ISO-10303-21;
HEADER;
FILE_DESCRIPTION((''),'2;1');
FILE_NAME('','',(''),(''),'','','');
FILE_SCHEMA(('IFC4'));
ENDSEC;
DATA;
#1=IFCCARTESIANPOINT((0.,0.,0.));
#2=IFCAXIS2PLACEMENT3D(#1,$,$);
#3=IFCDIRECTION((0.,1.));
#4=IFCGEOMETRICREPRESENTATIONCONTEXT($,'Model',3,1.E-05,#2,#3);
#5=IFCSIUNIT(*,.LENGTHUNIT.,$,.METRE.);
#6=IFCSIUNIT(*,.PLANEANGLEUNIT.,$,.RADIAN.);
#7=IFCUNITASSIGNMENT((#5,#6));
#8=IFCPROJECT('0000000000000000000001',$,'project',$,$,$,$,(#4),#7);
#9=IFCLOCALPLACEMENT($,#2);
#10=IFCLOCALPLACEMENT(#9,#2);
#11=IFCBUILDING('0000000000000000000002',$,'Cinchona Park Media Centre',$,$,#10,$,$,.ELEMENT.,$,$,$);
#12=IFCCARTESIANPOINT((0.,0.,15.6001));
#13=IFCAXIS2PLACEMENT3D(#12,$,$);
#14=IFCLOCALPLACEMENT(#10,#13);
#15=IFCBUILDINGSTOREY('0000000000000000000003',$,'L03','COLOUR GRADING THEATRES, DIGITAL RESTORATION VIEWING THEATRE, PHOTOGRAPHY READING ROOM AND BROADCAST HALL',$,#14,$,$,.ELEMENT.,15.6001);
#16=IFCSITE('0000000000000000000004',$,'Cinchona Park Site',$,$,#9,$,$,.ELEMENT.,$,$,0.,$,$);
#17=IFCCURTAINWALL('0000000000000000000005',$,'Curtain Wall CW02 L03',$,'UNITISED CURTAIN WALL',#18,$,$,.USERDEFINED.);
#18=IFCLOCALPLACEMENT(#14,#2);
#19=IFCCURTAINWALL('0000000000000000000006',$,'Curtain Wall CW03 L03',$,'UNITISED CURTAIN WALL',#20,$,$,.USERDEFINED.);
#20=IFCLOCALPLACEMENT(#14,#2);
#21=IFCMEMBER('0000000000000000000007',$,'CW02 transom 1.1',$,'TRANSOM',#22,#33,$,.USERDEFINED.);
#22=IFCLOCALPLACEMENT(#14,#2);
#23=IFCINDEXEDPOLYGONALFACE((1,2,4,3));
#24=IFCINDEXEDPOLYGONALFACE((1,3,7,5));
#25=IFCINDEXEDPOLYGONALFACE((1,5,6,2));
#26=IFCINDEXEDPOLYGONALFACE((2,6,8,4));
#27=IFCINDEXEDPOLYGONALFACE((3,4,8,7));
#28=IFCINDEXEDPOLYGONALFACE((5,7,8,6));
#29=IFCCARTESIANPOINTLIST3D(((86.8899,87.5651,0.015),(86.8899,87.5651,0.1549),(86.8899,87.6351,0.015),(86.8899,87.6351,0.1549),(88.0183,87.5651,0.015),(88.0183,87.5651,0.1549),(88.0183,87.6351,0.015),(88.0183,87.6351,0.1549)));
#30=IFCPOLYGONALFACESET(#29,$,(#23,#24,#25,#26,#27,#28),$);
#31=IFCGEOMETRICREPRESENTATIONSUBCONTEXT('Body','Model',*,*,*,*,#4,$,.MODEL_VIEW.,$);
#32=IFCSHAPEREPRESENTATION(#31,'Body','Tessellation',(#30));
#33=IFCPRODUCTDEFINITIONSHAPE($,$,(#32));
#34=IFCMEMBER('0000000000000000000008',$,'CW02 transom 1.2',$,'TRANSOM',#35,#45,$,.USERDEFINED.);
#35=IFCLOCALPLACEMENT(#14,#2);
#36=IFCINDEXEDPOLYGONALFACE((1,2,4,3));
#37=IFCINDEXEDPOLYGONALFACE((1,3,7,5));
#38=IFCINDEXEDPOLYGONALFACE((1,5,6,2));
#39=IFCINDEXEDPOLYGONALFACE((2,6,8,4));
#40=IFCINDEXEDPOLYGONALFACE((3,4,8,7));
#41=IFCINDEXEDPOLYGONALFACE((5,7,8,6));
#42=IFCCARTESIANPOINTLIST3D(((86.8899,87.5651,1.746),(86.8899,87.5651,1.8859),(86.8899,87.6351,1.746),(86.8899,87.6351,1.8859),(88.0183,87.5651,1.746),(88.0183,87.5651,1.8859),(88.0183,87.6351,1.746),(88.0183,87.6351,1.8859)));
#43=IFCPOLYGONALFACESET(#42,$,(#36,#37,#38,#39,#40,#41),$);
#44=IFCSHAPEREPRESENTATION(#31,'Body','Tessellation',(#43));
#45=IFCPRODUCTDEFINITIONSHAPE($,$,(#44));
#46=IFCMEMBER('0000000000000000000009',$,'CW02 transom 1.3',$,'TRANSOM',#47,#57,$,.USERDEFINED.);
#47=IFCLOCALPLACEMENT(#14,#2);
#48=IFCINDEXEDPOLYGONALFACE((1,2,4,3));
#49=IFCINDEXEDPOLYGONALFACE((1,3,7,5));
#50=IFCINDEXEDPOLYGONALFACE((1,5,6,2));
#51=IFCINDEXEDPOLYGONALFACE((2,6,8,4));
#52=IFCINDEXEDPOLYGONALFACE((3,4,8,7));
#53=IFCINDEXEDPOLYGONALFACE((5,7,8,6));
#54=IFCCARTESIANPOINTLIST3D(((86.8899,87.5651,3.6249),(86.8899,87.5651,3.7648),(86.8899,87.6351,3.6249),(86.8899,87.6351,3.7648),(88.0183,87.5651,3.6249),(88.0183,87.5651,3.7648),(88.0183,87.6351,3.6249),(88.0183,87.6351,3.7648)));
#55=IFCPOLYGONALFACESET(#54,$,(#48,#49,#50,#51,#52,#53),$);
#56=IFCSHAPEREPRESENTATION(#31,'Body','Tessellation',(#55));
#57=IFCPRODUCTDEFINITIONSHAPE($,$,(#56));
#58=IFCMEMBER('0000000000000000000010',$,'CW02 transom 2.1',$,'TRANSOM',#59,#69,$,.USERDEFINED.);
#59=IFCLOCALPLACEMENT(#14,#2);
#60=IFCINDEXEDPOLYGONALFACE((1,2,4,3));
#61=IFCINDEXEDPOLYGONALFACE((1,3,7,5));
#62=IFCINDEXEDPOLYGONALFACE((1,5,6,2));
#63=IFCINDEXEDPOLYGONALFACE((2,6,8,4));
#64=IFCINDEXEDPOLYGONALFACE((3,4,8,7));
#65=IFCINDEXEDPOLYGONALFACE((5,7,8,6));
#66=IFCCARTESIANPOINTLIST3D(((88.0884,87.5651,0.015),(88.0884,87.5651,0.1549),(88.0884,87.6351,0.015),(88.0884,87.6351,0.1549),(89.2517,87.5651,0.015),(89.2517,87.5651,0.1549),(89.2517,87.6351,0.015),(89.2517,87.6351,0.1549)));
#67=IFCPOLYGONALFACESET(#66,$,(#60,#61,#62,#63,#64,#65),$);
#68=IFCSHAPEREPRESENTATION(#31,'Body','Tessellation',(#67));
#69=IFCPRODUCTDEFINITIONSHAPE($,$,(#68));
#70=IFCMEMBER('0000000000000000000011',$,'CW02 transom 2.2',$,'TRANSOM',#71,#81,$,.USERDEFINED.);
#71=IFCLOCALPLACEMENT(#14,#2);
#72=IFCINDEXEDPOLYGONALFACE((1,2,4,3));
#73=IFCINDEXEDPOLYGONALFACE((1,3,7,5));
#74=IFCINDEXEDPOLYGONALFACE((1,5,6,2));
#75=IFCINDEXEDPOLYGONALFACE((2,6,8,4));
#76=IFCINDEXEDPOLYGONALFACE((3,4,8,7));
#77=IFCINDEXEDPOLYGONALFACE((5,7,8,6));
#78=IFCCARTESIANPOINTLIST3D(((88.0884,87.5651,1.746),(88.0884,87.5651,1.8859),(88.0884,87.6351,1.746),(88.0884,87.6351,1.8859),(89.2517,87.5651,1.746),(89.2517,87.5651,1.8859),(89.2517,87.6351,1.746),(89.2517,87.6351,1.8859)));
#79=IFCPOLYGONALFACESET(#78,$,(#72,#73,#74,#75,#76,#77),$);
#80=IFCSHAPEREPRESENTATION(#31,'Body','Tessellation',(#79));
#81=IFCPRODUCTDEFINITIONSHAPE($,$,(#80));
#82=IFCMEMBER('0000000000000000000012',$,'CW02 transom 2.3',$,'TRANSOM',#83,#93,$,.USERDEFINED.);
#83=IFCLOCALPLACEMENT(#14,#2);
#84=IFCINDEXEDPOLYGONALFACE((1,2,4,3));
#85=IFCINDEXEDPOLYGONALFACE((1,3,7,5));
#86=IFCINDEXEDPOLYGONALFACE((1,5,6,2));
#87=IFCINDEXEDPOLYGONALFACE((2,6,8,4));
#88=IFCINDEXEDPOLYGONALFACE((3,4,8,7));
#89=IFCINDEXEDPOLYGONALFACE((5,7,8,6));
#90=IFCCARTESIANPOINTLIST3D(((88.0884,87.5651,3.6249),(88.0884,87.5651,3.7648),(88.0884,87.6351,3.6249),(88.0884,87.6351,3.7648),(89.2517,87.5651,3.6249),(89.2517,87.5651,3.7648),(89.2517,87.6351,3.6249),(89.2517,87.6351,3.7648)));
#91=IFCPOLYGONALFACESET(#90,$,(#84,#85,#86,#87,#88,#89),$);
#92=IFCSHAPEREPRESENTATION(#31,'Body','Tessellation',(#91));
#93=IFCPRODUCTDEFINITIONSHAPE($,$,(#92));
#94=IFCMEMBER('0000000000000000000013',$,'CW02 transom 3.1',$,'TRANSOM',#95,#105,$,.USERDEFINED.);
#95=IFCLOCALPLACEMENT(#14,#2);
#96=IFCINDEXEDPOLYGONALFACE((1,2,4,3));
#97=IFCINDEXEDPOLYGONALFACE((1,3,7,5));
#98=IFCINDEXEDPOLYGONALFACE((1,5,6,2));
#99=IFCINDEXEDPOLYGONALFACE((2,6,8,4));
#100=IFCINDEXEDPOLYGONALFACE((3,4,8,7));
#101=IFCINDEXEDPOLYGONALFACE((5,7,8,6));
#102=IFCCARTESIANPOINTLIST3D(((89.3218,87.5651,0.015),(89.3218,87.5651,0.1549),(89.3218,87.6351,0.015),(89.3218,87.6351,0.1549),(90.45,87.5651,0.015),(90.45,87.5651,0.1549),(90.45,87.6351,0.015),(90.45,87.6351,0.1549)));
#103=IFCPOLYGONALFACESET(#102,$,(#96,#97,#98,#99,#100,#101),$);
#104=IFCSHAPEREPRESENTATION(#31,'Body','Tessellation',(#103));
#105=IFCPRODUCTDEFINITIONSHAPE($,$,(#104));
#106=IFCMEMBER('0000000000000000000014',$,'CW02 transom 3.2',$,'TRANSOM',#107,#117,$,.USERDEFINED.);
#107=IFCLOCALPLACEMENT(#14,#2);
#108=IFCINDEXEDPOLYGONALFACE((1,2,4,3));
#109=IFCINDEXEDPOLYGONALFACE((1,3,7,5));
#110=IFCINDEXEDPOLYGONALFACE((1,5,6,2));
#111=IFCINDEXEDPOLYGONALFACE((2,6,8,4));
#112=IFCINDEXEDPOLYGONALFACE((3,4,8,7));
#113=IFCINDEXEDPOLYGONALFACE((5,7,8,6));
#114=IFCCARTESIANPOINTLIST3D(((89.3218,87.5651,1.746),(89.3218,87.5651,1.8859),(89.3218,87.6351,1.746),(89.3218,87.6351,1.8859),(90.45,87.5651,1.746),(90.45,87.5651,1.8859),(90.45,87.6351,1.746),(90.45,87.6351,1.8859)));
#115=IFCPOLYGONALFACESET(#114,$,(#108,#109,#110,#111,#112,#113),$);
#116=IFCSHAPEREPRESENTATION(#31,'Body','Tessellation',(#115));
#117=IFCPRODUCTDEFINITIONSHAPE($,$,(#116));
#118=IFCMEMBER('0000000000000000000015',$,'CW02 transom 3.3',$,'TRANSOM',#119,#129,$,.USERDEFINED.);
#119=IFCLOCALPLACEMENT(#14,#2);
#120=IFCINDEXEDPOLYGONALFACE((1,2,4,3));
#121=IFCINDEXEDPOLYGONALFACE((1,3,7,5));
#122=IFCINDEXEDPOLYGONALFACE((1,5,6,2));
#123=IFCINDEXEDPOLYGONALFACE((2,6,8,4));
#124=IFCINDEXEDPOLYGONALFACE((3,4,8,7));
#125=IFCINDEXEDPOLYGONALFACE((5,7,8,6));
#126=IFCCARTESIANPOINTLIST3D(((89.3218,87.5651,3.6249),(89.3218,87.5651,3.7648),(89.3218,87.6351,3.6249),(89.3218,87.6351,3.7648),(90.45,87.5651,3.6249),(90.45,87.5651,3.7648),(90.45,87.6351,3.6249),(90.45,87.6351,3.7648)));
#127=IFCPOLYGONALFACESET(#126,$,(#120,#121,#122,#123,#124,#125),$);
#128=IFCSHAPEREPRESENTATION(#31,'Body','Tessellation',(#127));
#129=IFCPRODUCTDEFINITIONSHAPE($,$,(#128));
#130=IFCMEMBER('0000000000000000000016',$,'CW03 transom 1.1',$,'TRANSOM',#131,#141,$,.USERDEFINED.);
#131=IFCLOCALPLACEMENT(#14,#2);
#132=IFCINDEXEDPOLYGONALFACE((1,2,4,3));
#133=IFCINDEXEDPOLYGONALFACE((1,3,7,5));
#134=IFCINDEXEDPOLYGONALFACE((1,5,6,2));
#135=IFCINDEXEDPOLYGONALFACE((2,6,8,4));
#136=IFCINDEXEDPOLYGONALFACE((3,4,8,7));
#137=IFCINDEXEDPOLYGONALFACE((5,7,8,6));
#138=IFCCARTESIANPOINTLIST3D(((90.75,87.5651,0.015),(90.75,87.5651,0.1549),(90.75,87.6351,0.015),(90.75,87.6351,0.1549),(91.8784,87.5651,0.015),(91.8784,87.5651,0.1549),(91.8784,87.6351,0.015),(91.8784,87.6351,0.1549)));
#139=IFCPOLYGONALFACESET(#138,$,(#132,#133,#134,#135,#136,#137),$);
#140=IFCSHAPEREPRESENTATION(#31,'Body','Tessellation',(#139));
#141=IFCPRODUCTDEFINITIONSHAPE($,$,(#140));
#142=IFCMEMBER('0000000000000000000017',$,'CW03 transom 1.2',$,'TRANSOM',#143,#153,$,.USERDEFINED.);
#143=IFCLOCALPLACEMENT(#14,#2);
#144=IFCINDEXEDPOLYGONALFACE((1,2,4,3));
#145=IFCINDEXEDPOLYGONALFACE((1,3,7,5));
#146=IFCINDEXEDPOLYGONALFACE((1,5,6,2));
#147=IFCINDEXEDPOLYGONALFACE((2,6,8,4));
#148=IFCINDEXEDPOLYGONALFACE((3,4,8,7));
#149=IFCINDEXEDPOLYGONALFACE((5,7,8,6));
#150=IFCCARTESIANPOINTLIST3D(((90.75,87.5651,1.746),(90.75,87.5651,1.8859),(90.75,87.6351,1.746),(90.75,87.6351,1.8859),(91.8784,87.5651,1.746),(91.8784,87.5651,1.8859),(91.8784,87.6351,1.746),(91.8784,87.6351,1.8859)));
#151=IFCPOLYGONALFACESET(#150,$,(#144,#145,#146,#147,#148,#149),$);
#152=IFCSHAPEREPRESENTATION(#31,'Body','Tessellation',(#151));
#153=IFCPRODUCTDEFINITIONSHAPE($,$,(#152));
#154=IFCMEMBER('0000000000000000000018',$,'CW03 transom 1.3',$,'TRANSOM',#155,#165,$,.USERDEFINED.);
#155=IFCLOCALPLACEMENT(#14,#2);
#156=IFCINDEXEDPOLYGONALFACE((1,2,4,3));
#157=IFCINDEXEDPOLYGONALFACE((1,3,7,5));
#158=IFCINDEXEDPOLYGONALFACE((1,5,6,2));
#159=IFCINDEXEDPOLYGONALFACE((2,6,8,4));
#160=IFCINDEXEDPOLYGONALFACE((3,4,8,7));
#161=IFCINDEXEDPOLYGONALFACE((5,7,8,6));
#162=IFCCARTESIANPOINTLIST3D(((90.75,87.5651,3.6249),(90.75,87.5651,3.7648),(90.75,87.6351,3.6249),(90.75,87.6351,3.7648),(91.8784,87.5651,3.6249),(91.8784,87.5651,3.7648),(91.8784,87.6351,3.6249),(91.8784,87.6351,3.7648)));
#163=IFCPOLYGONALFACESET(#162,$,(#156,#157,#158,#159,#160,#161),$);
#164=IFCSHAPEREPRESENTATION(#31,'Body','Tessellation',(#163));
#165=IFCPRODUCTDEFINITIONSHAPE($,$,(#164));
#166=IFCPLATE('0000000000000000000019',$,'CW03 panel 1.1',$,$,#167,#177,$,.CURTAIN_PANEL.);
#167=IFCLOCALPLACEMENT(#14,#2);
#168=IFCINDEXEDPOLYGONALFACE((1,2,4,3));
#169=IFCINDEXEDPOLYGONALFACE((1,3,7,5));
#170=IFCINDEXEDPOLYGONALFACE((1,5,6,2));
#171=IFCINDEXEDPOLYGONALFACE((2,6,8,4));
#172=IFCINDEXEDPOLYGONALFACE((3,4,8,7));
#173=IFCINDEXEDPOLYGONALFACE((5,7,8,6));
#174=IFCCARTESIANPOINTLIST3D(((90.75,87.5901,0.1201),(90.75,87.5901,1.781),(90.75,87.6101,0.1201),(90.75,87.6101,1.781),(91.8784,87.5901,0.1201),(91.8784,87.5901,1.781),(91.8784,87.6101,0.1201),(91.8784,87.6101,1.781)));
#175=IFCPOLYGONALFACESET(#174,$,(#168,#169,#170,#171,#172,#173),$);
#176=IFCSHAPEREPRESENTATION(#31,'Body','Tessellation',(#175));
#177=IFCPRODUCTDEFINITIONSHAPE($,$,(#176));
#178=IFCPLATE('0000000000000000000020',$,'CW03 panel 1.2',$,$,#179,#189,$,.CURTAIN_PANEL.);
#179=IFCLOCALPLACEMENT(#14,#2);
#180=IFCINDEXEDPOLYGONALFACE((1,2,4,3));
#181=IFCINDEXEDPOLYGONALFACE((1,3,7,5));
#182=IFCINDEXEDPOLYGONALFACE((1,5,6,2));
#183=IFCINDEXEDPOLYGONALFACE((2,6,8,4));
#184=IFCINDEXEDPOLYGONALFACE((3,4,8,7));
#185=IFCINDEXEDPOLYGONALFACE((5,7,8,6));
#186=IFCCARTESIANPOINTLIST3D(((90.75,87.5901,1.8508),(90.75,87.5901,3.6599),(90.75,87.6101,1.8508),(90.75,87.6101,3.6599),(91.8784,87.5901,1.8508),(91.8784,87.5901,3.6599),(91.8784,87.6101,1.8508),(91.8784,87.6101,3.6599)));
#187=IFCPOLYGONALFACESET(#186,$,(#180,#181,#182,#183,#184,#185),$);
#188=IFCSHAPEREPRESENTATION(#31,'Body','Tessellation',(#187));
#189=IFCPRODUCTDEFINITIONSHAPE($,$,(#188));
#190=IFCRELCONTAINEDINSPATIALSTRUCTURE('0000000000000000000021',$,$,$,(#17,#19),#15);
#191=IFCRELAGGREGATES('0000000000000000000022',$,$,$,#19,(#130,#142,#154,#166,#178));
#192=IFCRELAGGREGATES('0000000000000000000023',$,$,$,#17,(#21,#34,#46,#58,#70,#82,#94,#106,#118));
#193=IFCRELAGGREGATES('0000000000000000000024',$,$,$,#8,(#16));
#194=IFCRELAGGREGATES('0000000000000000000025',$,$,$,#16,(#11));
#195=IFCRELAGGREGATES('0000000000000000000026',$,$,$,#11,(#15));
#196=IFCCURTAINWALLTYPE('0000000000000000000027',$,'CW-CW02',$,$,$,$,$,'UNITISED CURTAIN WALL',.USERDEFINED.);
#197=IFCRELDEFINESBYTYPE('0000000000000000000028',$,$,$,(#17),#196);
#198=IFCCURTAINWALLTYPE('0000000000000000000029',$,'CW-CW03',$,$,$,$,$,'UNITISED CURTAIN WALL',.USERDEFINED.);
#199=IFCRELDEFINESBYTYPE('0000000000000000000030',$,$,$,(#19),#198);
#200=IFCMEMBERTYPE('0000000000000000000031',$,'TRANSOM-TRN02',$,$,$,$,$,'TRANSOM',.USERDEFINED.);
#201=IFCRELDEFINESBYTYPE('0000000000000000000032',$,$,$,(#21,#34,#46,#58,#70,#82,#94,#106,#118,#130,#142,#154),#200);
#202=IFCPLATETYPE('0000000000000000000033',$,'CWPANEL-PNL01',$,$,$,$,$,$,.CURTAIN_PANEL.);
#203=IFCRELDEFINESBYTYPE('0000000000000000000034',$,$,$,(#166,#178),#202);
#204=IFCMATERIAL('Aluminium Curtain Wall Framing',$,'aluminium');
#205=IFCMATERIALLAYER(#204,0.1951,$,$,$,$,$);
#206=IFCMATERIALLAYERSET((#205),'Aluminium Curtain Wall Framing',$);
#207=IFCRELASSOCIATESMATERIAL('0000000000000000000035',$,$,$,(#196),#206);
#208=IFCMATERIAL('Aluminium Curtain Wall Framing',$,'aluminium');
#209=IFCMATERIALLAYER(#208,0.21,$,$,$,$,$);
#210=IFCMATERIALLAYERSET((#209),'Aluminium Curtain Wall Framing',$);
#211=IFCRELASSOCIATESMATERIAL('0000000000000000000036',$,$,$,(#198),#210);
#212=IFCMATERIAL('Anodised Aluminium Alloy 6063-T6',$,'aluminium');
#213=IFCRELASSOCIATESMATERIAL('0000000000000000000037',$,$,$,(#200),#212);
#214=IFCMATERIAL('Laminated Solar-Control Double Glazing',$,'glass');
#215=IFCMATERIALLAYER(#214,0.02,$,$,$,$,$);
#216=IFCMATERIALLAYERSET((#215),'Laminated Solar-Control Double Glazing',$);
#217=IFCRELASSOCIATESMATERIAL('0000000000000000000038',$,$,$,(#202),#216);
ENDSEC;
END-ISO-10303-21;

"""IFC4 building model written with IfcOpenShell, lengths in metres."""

from ifc_helpers import new_model, si_unit, direction, frame, origin, origin_2d, place, context, subcontext, project, spatial, rectangle, extrude, material, layer, layer_set, material_profile, profile_set, type_object, element, aggregate, save


model = new_model("IFC4")

# Units and contexts
model_context = context("Model", 3, precision=1e-05, world=origin(), true_north=direction((0.0, 1.0)))
body_context = subcontext(model_context, "Body", "Model", "MODEL_VIEW")
ifc_project = project(units=[si_unit("LENGTHUNIT", "METRE"), si_unit("PLANEANGLEUNIT", "RADIAN")], contexts=[model_context])

# Site, building, storey
site_placement = place(None, origin())
site = spatial("IfcSite", under=ifc_project, at=site_placement, Name="Cinchona Park Site", CompositionType="ELEMENT", RefElevation=0.0)
building_placement = place(site_placement, origin())
building = spatial("IfcBuilding", under=site, at=building_placement, Name="Cinchona Park Media Centre", CompositionType="ELEMENT")
storey_placement = place(building_placement, frame((0.0, 0.0, 15.6001)))
storey = spatial("IfcBuildingStorey", under=building, at=storey_placement, Name="L03", Description="COLOUR GRADING THEATRES, DIGITAL RESTORATION VIEWING THEATRE, PHOTOGRAPHY READING ROOM AND BROADCAST HALL", CompositionType="ELEMENT", Elevation=15.6001)

# Curtain wall
ifc_material_1 = material(Name="Aluminium Curtain Wall Framing", Category="aluminium")
ifc_layer_1 = layer(ifc_material_1, 0.1951)
ifc_layer_set_1 = layer_set([ifc_layer_1], Name="Aluminium Curtain Wall Framing")
curtain_wall_type_1 = type_object("IfcCurtainWallType", Name="CW-CW02", ElementType="UNITISED CURTAIN WALL", PredefinedType="USERDEFINED", material=ifc_layer_set_1)
curtain_wall_1_placement = place(storey_placement, origin())
curtain_wall_1 = element("IfcCurtainWall", 1, at=curtain_wall_1_placement, inside=storey, type_object=curtain_wall_type_1, Name="Curtain Wall CW02 L03", ObjectType="UNITISED CURTAIN WALL", PredefinedType="USERDEFINED")

# Curtain wall
ifc_material_2 = material(Name="Aluminium Curtain Wall Framing", Category="aluminium")
ifc_layer_2 = layer(ifc_material_2, 0.21)
ifc_layer_set_2 = layer_set([ifc_layer_2], Name="Aluminium Curtain Wall Framing")
curtain_wall_type_2 = type_object("IfcCurtainWallType", Name="CW-CW03", ElementType="UNITISED CURTAIN WALL", PredefinedType="USERDEFINED", material=ifc_layer_set_2)
curtain_wall_2_placement = place(storey_placement, origin())
curtain_wall_2 = element("IfcCurtainWall", 2, at=curtain_wall_2_placement, inside=storey, type_object=curtain_wall_type_2, Name="Curtain Wall CW03 L03", ObjectType="UNITISED CURTAIN WALL", PredefinedType="USERDEFINED")

# Members
ifc_material_3 = material(Name="Anodised Aluminium Alloy 6063-T6", Category="aluminium")
ifc_material_profile_1 = material_profile(ifc_material_3, rectangle(XDim=0.0701, YDim=0.1399, at=origin_2d()), Name="TRN-70X140")
ifc_profile_set_1 = profile_set([ifc_material_profile_1], Name="Anodised Aluminium Alloy 6063-T6")
member_type_1 = type_object("IfcMemberType", Name="TRANSOM-TRN02", ElementType="TRANSOM", PredefinedType="USERDEFINED", material=ifc_profile_set_1)
member_1_placement = place(storey_placement, frame((86.8899, 87.6001, 0.085), z_axis=(1.0, 0.0, 0.0), x_axis=(0.0, 1.0, 0.0)))
member_1 = element("IfcMember", 3, at=member_1_placement, type_object=member_type_1, Name="CW02 transom 1.1", ObjectType="TRANSOM", PredefinedType="USERDEFINED", context=body_context, shape_type="SweptSolid", body=[
    extrude(rectangle(XDim=0.0701, YDim=0.1399, at=origin_2d()), origin(), (0.0, 0.0, 1.0), 1.1284),
])
member_2_placement = place(storey_placement, frame((86.8899, 87.6001, 1.8159), z_axis=(1.0, 0.0, 0.0), x_axis=(0.0, 1.0, 0.0)))
member_2 = element("IfcMember", 4, at=member_2_placement, type_object=member_type_1, Name="CW02 transom 1.2", ObjectType="TRANSOM", PredefinedType="USERDEFINED", context=body_context, shape_type="SweptSolid", body=[
    extrude(rectangle(XDim=0.0701, YDim=0.1399, at=origin_2d()), origin(), (0.0, 0.0, 1.0), 1.1284),
])
member_3_placement = place(storey_placement, frame((86.8899, 87.6001, 3.6948), z_axis=(1.0, 0.0, 0.0), x_axis=(0.0, 1.0, 0.0)))
member_3 = element("IfcMember", 5, at=member_3_placement, type_object=member_type_1, Name="CW02 transom 1.3", ObjectType="TRANSOM", PredefinedType="USERDEFINED", context=body_context, shape_type="SweptSolid", body=[
    extrude(rectangle(XDim=0.0701, YDim=0.1399, at=origin_2d()), origin(), (0.0, 0.0, 1.0), 1.1284),
])
member_4_placement = place(storey_placement, frame((88.0884, 87.6001, 0.085), z_axis=(1.0, 0.0, 0.0), x_axis=(0.0, 1.0, 0.0)))
member_4 = element("IfcMember", 6, at=member_4_placement, type_object=member_type_1, Name="CW02 transom 2.1", ObjectType="TRANSOM", PredefinedType="USERDEFINED", context=body_context, shape_type="SweptSolid", body=[
    extrude(rectangle(XDim=0.0701, YDim=0.1399, at=origin_2d()), origin(), (0.0, 0.0, 1.0), 1.1633),
])
member_5_placement = place(storey_placement, frame((88.0884, 87.6001, 1.8159), z_axis=(1.0, 0.0, 0.0), x_axis=(0.0, 1.0, 0.0)))
member_5 = element("IfcMember", 7, at=member_5_placement, type_object=member_type_1, Name="CW02 transom 2.2", ObjectType="TRANSOM", PredefinedType="USERDEFINED", context=body_context, shape_type="SweptSolid", body=[
    extrude(rectangle(XDim=0.0701, YDim=0.1399, at=origin_2d()), origin(), (0.0, 0.0, 1.0), 1.1633),
])
member_6_placement = place(storey_placement, frame((88.0884, 87.6001, 3.6948), z_axis=(1.0, 0.0, 0.0), x_axis=(0.0, 1.0, 0.0)))
member_6 = element("IfcMember", 8, at=member_6_placement, type_object=member_type_1, Name="CW02 transom 2.3", ObjectType="TRANSOM", PredefinedType="USERDEFINED", context=body_context, shape_type="SweptSolid", body=[
    extrude(rectangle(XDim=0.0701, YDim=0.1399, at=origin_2d()), origin(), (0.0, 0.0, 1.0), 1.1633),
])
member_7_placement = place(storey_placement, frame((89.3218, 87.6001, 0.085), z_axis=(1.0, 0.0, 0.0), x_axis=(0.0, 1.0, 0.0)))
member_7 = element("IfcMember", 9, at=member_7_placement, type_object=member_type_1, Name="CW02 transom 3.1", ObjectType="TRANSOM", PredefinedType="USERDEFINED", context=body_context, shape_type="SweptSolid", body=[
    extrude(rectangle(XDim=0.0701, YDim=0.1399, at=origin_2d()), origin(), (0.0, 0.0, 1.0), 1.1282),
])
member_8_placement = place(storey_placement, frame((89.3218, 87.6001, 1.8159), z_axis=(1.0, 0.0, 0.0), x_axis=(0.0, 1.0, 0.0)))
member_8 = element("IfcMember", 10, at=member_8_placement, type_object=member_type_1, Name="CW02 transom 3.2", ObjectType="TRANSOM", PredefinedType="USERDEFINED", context=body_context, shape_type="SweptSolid", body=[
    extrude(rectangle(XDim=0.0701, YDim=0.1399, at=origin_2d()), origin(), (0.0, 0.0, 1.0), 1.1282),
])
member_9_placement = place(storey_placement, frame((89.3218, 87.6001, 3.6948), z_axis=(1.0, 0.0, 0.0), x_axis=(0.0, 1.0, 0.0)))
member_9 = element("IfcMember", 11, at=member_9_placement, type_object=member_type_1, Name="CW02 transom 3.3", ObjectType="TRANSOM", PredefinedType="USERDEFINED", context=body_context, shape_type="SweptSolid", body=[
    extrude(rectangle(XDim=0.0701, YDim=0.1399, at=origin_2d()), origin(), (0.0, 0.0, 1.0), 1.1282),
])
member_10_placement = place(storey_placement, frame((90.75, 87.6001, 0.085), z_axis=(1.0, 0.0, 0.0), x_axis=(0.0, 1.0, 0.0)))
member_10 = element("IfcMember", 12, at=member_10_placement, type_object=member_type_1, Name="CW03 transom 1.1", ObjectType="TRANSOM", PredefinedType="USERDEFINED", context=body_context, shape_type="SweptSolid", body=[
    extrude(rectangle(XDim=0.0701, YDim=0.1399, at=origin_2d()), origin(), (0.0, 0.0, 1.0), 1.1284),
])
member_11_placement = place(storey_placement, frame((90.75, 87.6001, 1.8159), z_axis=(1.0, 0.0, 0.0), x_axis=(0.0, 1.0, 0.0)))
member_11 = element("IfcMember", 13, at=member_11_placement, type_object=member_type_1, Name="CW03 transom 1.2", ObjectType="TRANSOM", PredefinedType="USERDEFINED", context=body_context, shape_type="SweptSolid", body=[
    extrude(rectangle(XDim=0.0701, YDim=0.1399, at=origin_2d()), origin(), (0.0, 0.0, 1.0), 1.1284),
])
member_12_placement = place(storey_placement, frame((90.75, 87.6001, 3.6948), z_axis=(1.0, 0.0, 0.0), x_axis=(0.0, 1.0, 0.0)))
member_12 = element("IfcMember", 14, at=member_12_placement, type_object=member_type_1, Name="CW03 transom 1.3", ObjectType="TRANSOM", PredefinedType="USERDEFINED", context=body_context, shape_type="SweptSolid", body=[
    extrude(rectangle(XDim=0.0701, YDim=0.1399, at=origin_2d()), origin(), (0.0, 0.0, 1.0), 1.1284),
])

# Plates
ifc_material_4 = material(Name="Laminated Solar-Control Double Glazing", Category="glass")
ifc_layer_3 = layer(ifc_material_4, 0.02)
ifc_layer_set_3 = layer_set([ifc_layer_3], Name="Laminated Solar-Control Double Glazing")
plate_type_1 = type_object("IfcPlateType", Name="CWPANEL-PNL01", PredefinedType="CURTAIN_PANEL", material=ifc_layer_set_3)
plate_1_placement = place(storey_placement, frame((91.3142, 87.6001, 0.1201), z_axis=(0.0, 0.0, 1.0), x_axis=(1.0, 0.0, 0.0)))
plate_1 = element("IfcPlate", 15, at=plate_1_placement, type_object=plate_type_1, Name="CW03 panel 1.1", PredefinedType="CURTAIN_PANEL", context=body_context, shape_type="SweptSolid", body=[
    extrude(rectangle(XDim=1.1284, YDim=0.02, at=origin_2d()), origin(), (0.0, 0.0, 1.0), 1.6609),
])
plate_2_placement = place(storey_placement, frame((91.3142, 87.6001, 1.8508), z_axis=(0.0, 0.0, 1.0), x_axis=(1.0, 0.0, 0.0)))
plate_2 = element("IfcPlate", 16, at=plate_2_placement, type_object=plate_type_1, Name="CW03 panel 1.2", PredefinedType="CURTAIN_PANEL", context=body_context, shape_type="SweptSolid", body=[
    extrude(rectangle(XDim=1.1284, YDim=0.02, at=origin_2d()), origin(), (0.0, 0.0, 1.0), 1.8091),
])
aggregate(curtain_wall_2, [member_10, member_11, member_12, plate_1, plate_2])
aggregate(curtain_wall_1, [member_1, member_2, member_3, member_4, member_5, member_6, member_7, member_8, member_9])

save(model, "model.ifc")
